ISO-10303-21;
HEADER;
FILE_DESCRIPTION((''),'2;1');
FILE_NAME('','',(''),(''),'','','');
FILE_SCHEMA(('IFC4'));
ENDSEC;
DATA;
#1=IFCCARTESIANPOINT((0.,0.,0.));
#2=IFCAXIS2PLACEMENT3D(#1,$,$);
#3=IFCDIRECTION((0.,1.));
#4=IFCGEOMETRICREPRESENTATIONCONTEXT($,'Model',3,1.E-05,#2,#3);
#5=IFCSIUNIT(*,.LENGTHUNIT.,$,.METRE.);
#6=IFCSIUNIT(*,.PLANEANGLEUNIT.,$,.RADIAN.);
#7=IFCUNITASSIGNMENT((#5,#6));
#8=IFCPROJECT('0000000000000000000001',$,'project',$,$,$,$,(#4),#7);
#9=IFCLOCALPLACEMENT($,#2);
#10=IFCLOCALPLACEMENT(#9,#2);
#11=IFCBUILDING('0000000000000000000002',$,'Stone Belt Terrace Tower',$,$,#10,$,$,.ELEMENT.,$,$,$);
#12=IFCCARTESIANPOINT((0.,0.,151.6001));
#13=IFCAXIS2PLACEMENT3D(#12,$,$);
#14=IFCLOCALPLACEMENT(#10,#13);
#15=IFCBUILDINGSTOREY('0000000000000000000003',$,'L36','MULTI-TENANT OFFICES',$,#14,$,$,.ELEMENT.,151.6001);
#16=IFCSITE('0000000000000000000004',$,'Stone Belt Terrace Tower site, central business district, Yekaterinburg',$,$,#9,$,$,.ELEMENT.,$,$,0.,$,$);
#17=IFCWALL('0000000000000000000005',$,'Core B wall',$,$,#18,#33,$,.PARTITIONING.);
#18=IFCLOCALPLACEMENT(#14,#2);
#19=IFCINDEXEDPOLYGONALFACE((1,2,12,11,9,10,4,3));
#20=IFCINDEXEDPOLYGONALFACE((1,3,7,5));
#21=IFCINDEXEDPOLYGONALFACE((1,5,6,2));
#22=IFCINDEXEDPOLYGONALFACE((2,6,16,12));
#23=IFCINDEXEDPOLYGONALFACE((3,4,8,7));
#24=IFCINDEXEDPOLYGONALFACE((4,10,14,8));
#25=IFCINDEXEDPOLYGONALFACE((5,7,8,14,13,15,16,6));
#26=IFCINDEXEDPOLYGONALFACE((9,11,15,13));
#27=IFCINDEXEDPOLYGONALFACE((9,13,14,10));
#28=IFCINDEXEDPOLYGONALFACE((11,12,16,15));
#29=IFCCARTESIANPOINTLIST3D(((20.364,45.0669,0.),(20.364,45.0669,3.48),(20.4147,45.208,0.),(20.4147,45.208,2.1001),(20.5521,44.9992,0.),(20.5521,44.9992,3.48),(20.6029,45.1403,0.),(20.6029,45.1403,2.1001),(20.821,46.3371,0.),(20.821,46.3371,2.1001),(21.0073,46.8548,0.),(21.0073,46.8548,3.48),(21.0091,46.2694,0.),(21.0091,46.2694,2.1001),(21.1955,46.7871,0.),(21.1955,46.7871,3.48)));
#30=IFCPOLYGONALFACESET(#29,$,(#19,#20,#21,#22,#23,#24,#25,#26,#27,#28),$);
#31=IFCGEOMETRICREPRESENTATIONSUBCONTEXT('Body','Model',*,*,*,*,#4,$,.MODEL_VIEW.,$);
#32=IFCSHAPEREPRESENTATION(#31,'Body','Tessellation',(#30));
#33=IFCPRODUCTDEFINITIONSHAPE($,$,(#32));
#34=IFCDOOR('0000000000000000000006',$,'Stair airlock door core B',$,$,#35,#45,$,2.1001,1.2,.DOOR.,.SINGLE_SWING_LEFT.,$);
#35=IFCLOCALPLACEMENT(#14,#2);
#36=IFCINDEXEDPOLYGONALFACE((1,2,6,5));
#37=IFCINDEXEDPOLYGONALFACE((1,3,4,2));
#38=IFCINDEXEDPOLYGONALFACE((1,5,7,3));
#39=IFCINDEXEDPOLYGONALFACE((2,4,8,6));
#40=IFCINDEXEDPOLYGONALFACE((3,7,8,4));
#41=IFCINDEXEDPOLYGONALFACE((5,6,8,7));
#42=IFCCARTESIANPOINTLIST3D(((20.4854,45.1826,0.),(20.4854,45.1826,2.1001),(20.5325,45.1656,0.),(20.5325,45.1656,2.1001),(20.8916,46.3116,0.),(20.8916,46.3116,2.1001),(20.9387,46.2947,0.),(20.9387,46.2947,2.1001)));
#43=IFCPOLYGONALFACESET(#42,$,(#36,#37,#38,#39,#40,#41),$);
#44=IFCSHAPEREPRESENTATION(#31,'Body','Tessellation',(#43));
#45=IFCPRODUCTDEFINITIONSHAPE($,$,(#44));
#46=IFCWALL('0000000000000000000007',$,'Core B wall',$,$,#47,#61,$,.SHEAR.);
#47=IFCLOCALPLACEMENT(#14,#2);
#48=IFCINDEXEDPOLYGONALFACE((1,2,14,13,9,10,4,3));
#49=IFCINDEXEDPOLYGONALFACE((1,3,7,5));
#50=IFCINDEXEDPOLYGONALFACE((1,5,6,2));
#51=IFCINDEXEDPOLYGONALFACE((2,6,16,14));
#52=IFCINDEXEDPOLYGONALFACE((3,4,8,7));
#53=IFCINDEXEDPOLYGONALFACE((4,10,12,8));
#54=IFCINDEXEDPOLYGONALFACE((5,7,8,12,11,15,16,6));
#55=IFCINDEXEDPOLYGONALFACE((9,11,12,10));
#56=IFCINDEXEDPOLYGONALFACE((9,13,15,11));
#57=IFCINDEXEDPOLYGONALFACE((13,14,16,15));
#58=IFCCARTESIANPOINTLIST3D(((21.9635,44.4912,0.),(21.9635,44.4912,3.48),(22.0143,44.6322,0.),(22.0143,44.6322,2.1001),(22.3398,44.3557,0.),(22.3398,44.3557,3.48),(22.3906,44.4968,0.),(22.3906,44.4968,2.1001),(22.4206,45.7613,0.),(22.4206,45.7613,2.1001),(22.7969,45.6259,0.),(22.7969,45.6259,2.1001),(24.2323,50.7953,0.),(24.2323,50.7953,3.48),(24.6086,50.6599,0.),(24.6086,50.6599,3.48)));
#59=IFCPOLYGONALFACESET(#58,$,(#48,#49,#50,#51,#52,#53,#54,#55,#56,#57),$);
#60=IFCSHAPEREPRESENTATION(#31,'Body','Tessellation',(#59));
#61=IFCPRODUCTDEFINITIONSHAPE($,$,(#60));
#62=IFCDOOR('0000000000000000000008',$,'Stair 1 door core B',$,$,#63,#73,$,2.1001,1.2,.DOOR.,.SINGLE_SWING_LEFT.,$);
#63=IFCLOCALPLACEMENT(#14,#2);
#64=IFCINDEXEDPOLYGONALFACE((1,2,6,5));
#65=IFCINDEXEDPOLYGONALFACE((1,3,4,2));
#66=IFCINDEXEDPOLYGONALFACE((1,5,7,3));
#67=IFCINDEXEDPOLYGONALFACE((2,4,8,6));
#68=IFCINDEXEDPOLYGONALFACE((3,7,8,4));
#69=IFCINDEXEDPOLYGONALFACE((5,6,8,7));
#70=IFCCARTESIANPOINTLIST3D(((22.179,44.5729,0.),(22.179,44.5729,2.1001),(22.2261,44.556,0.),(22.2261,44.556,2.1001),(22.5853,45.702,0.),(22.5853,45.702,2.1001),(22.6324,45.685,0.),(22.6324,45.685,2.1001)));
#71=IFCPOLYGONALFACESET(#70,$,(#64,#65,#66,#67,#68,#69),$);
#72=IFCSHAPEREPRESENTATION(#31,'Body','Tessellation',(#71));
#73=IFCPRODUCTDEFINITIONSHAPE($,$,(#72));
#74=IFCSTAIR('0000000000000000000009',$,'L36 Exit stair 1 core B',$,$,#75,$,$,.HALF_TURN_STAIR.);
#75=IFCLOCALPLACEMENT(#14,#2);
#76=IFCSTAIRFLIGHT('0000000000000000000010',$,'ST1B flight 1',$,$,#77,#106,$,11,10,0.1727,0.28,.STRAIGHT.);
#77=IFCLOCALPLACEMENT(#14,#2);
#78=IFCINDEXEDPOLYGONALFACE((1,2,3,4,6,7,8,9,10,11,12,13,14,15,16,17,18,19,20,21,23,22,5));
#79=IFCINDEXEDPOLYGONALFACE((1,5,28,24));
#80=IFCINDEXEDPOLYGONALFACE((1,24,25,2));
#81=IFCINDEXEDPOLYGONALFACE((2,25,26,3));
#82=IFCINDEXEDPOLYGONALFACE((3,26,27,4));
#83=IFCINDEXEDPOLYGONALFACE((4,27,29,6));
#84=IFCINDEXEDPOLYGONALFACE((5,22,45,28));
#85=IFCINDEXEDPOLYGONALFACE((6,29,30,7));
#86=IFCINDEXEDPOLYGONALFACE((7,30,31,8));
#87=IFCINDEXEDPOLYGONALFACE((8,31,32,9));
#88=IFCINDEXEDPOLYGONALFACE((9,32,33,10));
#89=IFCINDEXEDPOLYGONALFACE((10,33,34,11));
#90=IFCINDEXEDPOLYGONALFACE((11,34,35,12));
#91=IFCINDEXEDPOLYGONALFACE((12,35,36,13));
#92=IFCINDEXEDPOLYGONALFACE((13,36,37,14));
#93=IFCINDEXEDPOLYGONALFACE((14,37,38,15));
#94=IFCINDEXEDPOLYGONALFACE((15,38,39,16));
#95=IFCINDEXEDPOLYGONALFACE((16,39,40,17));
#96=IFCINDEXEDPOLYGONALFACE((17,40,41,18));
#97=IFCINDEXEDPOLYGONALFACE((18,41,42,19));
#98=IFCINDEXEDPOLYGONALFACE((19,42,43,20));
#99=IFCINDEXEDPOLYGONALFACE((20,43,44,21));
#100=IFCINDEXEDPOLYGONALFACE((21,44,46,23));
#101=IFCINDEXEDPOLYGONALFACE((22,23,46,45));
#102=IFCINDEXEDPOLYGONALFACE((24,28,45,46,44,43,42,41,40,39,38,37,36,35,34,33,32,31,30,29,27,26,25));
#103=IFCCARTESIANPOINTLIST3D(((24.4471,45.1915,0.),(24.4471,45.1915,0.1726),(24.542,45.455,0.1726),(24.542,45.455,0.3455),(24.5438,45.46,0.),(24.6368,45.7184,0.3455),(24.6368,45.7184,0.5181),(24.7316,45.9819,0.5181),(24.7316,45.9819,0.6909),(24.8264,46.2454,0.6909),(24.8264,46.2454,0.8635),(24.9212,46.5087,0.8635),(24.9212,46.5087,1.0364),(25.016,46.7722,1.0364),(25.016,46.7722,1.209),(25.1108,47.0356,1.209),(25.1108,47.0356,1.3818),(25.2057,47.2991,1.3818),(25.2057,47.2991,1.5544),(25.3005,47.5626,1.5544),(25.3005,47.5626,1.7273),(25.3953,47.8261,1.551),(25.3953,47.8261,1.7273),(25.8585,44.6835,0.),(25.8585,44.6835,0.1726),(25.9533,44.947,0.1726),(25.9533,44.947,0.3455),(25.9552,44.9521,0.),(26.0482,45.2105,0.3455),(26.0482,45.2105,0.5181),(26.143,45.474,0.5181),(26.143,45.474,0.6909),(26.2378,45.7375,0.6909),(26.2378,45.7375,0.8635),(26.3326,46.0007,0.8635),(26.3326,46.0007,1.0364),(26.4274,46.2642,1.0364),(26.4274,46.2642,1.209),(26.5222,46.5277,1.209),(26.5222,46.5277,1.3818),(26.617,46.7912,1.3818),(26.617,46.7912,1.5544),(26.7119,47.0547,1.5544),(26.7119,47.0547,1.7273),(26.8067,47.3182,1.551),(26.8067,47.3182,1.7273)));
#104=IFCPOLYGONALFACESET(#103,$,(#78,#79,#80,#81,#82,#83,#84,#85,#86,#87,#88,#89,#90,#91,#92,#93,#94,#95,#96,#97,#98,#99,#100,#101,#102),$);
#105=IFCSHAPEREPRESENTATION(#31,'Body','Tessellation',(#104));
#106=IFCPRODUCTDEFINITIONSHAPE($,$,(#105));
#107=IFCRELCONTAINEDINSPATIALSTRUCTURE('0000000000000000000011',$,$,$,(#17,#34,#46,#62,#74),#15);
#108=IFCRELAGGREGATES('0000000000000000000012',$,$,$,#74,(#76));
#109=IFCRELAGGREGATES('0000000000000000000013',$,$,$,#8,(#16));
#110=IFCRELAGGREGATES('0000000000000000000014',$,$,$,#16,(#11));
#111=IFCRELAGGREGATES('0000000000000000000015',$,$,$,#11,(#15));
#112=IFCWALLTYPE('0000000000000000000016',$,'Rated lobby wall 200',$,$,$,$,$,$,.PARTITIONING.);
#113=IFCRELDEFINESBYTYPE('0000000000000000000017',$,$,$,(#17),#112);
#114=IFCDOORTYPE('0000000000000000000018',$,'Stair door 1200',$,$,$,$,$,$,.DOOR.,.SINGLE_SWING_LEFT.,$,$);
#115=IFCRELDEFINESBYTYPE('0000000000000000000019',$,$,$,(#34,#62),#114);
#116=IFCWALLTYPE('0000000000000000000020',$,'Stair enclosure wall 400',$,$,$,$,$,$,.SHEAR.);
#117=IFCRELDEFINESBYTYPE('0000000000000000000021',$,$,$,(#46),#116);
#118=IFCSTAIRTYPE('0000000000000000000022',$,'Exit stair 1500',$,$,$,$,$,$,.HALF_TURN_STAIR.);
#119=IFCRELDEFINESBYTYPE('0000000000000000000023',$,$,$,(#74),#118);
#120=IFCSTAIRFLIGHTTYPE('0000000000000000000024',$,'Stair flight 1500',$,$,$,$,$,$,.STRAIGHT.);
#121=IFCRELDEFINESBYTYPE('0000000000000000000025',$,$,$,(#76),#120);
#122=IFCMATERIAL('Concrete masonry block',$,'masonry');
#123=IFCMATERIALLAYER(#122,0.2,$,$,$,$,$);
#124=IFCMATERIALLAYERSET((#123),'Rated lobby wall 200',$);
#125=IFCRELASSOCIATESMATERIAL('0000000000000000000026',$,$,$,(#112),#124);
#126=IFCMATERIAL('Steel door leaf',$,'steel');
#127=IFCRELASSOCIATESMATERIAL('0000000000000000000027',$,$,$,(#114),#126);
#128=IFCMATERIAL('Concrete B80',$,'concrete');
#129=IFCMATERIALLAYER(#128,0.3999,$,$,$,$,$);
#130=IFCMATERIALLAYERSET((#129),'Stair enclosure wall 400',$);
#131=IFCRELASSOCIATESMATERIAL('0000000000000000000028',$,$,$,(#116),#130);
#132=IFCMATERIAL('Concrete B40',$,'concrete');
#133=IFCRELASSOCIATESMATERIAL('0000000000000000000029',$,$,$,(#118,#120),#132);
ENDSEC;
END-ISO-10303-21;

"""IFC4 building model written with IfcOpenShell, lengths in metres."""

from ifc_helpers import new_model, si_unit, direction, frame, frame_2d, origin, place, context, subcontext, project, spatial, polyline, rectangle, outline, extrude, material, layer, layer_set, type_object, element, fill, aggregate, save


model = new_model("IFC4")

# Units and contexts
model_context = context("Model", 3, precision=1e-05, world=origin(), true_north=direction((0.0, 1.0)))
body_context = subcontext(model_context, "Body", "Model", "MODEL_VIEW")
ifc_project = project(units=[si_unit("LENGTHUNIT", "METRE"), si_unit("PLANEANGLEUNIT", "RADIAN")], contexts=[model_context])

# Site, building, storey
site_placement = place(None, origin())
site = spatial("IfcSite", under=ifc_project, at=site_placement, Name="Stone Belt Terrace Tower site, central business district, Yekaterinburg", CompositionType="ELEMENT", RefElevation=0.0)
building_placement = place(site_placement, origin())
building = spatial("IfcBuilding", under=site, at=building_placement, Name="Stone Belt Terrace Tower", CompositionType="ELEMENT")
storey_placement = place(building_placement, frame((0.0, 0.0, 151.6001)))
storey = spatial("IfcBuildingStorey", under=building, at=storey_placement, Name="L36", Description="MULTI-TENANT OFFICES", CompositionType="ELEMENT", Elevation=151.6001)

# Shared definitions
ifc_material_1 = material(Name="Concrete B80", Category="concrete")

# Walls, openings, doors
ifc_material_2 = material(Name="Concrete masonry block", Category="masonry")
ifc_layer_1 = layer(ifc_material_2, 0.2)
ifc_layer_set_1 = layer_set([ifc_layer_1], Name="Rated lobby wall 200")
wall_type_1 = type_object("IfcWallType", Name="Rated lobby wall 200", PredefinedType="PARTITIONING", material=ifc_layer_set_1)
wall_1_placement = place(storey_placement, frame((20.458, 45.033, 0.0), z_axis=(0.0, 0.0, 1.0), x_axis=(0.338574, 0.94094, 0.0)))
wall_1 = element("IfcWall", 1, at=wall_1_placement, inside=storey, type_object=wall_type_1, Name="Core B wall", PredefinedType="PARTITIONING", context=body_context, shape_type="SweptSolid", body=[
    extrude(rectangle(XDim=1.9001, YDim=0.2, at=frame_2d((0.9502, 0.0))), origin(), (0.0, 0.0, 1.0), 3.48),
])
opening_1_placement = place(wall_1_placement, frame((0.1499, 0.0, 0.0)))
opening_1 = element("IfcOpeningElement", 2, at=opening_1_placement, cuts=wall_1, PredefinedType="OPENING", context=body_context, shape_type="SweptSolid", body=[
    extrude(rectangle(XDim=1.2, YDim=2.1001, at=frame_2d((0.6001, 1.05))), frame((0.0, 0.1099, 0.0), z_axis=(0.0, -1.0, 0.0), x_axis=(1.0, 0.0, 0.0)), (0.0, 0.0, 1.0), 0.22),
])
ifc_material_3 = material(Name="Steel door leaf", Category="steel")
door_type_1 = type_object("IfcDoorType", Name="Stair door 1200", OperationType="SINGLE_SWING_LEFT", PredefinedType="DOOR", material=ifc_material_3)
door_1_placement = place(opening_1_placement, origin())
door_1 = element("IfcDoor", 3, at=door_1_placement, inside=storey, type_object=door_type_1, Name="Stair airlock door core B", OperationType="SINGLE_SWING_LEFT", OverallHeight=2.1001, OverallWidth=1.2, PredefinedType="DOOR", context=body_context, shape_type="SweptSolid", body=[
    extrude(rectangle(XDim=1.2, YDim=2.1001, at=frame_2d((0.6001, 1.05))), frame((0.0, 0.0249, 0.0), z_axis=(0.0, -1.0, 0.0), x_axis=(1.0, 0.0, 0.0)), (0.0, 0.0, 1.0), 0.05),
])
fill(opening_1, door_1)
ifc_layer_2 = layer(ifc_material_1, 0.3999)
ifc_layer_set_2 = layer_set([ifc_layer_2], Name="Stair enclosure wall 400")
wall_type_2 = type_object("IfcWallType", Name="Stair enclosure wall 400", PredefinedType="SHEAR", material=ifc_layer_set_2)
wall_2_placement = place(storey_placement, frame((22.1516, 44.4233, 0.0), z_axis=(0.0, 0.0, 1.0), x_axis=(0.338625, 0.940921, 0.0)))
wall_2 = element("IfcWall", 4, at=wall_2_placement, inside=storey, type_object=wall_type_2, Name="Core B wall", PredefinedType="SHEAR", context=body_context, shape_type="SweptSolid", body=[
    extrude(rectangle(XDim=6.7, YDim=0.3999, at=frame_2d((3.3501, 0.0))), origin(), (0.0, 0.0, 1.0), 3.48),
])
opening_2_placement = place(wall_2_placement, frame((0.1499, 0.0, 0.0)))
opening_2 = element("IfcOpeningElement", 5, at=opening_2_placement, cuts=wall_2, PredefinedType="OPENING", context=body_context, shape_type="SweptSolid", body=[
    extrude(rectangle(XDim=1.2, YDim=2.1001, at=frame_2d((0.6001, 1.05))), frame((0.0, 0.21, 0.0), z_axis=(0.0, -1.0, 0.0), x_axis=(1.0, 0.0, 0.0)), (0.0, 0.0, 1.0), 0.4199),
])
door_2_placement = place(opening_2_placement, origin())
door_2 = element("IfcDoor", 6, at=door_2_placement, inside=storey, type_object=door_type_1, Name="Stair 1 door core B", OperationType="SINGLE_SWING_LEFT", OverallHeight=2.1001, OverallWidth=1.2, PredefinedType="DOOR", context=body_context, shape_type="SweptSolid", body=[
    extrude(rectangle(XDim=1.2, YDim=2.1001, at=frame_2d((0.6001, 1.05))), frame((0.0, 0.0249, 0.0), z_axis=(0.0, -1.0, 0.0), x_axis=(1.0, 0.0, 0.0)), (0.0, 0.0, 1.0), 0.05),
])
fill(opening_2, door_2)

# Stair, stair flight
ifc_material_4 = material(Name="Concrete B40", Category="concrete")
stair_type = type_object("IfcStairType", Name="Exit stair 1500", PredefinedType="HALF_TURN_STAIR", material=ifc_material_4)
stair_placement = place(storey_placement, origin())
stair = element("IfcStair", 7, at=stair_placement, inside=storey, type_object=stair_type, Name="L36 Exit stair 1 core B", PredefinedType="HALF_TURN_STAIR")
stair_flight_type = type_object("IfcStairFlightType", Name="Stair flight 1500", PredefinedType="STRAIGHT", material=ifc_material_4)
stair_flight_placement = place(storey_placement, frame((25.1528, 44.9375, 0.0), z_axis=(0.0, 0.0, 1.0), x_axis=(0.338624, 0.940922, 0.0)))
stair_flight = element("IfcStairFlight", 8, at=stair_flight_placement, type_object=stair_flight_type, Name="ST1B flight 1", NumberOfRisers=11, NumberOfTreads=10, PredefinedType="STRAIGHT", RiserHeight=0.1727, TreadLength=0.28, context=body_context, shape_type="SweptSolid", body=[
    extrude(outline(polyline([(0.0, 0.0), (0.0, 0.1726), (0.28, 0.1726), (0.28, 0.3455), (0.5601, 0.3455), (0.5601, 0.5181), (0.8401, 0.5181), (0.8401, 0.6909), (1.1201, 0.6909), (1.1201, 0.8635), (1.3999, 0.8635), (1.3999, 1.0364), (1.6799, 1.0364), (1.6799, 1.209), (1.96, 1.209), (1.96, 1.3818), (2.24, 1.3818), (2.24, 1.5544), (2.52, 1.5544), (2.52, 1.7273), (2.8, 1.7273), (2.8, 1.8999), (2.8, 1.551), (0.2854, 0.0), (0.0, 0.0)])), frame((0.0, 0.75, 0.0), z_axis=(0.0, -1.0, 0.0), x_axis=(1.0, 0.0, 0.0)), (0.0, 0.0, 1.0), 1.5),
])
aggregate(stair, [stair_flight])

save(model, "model.ifc")
